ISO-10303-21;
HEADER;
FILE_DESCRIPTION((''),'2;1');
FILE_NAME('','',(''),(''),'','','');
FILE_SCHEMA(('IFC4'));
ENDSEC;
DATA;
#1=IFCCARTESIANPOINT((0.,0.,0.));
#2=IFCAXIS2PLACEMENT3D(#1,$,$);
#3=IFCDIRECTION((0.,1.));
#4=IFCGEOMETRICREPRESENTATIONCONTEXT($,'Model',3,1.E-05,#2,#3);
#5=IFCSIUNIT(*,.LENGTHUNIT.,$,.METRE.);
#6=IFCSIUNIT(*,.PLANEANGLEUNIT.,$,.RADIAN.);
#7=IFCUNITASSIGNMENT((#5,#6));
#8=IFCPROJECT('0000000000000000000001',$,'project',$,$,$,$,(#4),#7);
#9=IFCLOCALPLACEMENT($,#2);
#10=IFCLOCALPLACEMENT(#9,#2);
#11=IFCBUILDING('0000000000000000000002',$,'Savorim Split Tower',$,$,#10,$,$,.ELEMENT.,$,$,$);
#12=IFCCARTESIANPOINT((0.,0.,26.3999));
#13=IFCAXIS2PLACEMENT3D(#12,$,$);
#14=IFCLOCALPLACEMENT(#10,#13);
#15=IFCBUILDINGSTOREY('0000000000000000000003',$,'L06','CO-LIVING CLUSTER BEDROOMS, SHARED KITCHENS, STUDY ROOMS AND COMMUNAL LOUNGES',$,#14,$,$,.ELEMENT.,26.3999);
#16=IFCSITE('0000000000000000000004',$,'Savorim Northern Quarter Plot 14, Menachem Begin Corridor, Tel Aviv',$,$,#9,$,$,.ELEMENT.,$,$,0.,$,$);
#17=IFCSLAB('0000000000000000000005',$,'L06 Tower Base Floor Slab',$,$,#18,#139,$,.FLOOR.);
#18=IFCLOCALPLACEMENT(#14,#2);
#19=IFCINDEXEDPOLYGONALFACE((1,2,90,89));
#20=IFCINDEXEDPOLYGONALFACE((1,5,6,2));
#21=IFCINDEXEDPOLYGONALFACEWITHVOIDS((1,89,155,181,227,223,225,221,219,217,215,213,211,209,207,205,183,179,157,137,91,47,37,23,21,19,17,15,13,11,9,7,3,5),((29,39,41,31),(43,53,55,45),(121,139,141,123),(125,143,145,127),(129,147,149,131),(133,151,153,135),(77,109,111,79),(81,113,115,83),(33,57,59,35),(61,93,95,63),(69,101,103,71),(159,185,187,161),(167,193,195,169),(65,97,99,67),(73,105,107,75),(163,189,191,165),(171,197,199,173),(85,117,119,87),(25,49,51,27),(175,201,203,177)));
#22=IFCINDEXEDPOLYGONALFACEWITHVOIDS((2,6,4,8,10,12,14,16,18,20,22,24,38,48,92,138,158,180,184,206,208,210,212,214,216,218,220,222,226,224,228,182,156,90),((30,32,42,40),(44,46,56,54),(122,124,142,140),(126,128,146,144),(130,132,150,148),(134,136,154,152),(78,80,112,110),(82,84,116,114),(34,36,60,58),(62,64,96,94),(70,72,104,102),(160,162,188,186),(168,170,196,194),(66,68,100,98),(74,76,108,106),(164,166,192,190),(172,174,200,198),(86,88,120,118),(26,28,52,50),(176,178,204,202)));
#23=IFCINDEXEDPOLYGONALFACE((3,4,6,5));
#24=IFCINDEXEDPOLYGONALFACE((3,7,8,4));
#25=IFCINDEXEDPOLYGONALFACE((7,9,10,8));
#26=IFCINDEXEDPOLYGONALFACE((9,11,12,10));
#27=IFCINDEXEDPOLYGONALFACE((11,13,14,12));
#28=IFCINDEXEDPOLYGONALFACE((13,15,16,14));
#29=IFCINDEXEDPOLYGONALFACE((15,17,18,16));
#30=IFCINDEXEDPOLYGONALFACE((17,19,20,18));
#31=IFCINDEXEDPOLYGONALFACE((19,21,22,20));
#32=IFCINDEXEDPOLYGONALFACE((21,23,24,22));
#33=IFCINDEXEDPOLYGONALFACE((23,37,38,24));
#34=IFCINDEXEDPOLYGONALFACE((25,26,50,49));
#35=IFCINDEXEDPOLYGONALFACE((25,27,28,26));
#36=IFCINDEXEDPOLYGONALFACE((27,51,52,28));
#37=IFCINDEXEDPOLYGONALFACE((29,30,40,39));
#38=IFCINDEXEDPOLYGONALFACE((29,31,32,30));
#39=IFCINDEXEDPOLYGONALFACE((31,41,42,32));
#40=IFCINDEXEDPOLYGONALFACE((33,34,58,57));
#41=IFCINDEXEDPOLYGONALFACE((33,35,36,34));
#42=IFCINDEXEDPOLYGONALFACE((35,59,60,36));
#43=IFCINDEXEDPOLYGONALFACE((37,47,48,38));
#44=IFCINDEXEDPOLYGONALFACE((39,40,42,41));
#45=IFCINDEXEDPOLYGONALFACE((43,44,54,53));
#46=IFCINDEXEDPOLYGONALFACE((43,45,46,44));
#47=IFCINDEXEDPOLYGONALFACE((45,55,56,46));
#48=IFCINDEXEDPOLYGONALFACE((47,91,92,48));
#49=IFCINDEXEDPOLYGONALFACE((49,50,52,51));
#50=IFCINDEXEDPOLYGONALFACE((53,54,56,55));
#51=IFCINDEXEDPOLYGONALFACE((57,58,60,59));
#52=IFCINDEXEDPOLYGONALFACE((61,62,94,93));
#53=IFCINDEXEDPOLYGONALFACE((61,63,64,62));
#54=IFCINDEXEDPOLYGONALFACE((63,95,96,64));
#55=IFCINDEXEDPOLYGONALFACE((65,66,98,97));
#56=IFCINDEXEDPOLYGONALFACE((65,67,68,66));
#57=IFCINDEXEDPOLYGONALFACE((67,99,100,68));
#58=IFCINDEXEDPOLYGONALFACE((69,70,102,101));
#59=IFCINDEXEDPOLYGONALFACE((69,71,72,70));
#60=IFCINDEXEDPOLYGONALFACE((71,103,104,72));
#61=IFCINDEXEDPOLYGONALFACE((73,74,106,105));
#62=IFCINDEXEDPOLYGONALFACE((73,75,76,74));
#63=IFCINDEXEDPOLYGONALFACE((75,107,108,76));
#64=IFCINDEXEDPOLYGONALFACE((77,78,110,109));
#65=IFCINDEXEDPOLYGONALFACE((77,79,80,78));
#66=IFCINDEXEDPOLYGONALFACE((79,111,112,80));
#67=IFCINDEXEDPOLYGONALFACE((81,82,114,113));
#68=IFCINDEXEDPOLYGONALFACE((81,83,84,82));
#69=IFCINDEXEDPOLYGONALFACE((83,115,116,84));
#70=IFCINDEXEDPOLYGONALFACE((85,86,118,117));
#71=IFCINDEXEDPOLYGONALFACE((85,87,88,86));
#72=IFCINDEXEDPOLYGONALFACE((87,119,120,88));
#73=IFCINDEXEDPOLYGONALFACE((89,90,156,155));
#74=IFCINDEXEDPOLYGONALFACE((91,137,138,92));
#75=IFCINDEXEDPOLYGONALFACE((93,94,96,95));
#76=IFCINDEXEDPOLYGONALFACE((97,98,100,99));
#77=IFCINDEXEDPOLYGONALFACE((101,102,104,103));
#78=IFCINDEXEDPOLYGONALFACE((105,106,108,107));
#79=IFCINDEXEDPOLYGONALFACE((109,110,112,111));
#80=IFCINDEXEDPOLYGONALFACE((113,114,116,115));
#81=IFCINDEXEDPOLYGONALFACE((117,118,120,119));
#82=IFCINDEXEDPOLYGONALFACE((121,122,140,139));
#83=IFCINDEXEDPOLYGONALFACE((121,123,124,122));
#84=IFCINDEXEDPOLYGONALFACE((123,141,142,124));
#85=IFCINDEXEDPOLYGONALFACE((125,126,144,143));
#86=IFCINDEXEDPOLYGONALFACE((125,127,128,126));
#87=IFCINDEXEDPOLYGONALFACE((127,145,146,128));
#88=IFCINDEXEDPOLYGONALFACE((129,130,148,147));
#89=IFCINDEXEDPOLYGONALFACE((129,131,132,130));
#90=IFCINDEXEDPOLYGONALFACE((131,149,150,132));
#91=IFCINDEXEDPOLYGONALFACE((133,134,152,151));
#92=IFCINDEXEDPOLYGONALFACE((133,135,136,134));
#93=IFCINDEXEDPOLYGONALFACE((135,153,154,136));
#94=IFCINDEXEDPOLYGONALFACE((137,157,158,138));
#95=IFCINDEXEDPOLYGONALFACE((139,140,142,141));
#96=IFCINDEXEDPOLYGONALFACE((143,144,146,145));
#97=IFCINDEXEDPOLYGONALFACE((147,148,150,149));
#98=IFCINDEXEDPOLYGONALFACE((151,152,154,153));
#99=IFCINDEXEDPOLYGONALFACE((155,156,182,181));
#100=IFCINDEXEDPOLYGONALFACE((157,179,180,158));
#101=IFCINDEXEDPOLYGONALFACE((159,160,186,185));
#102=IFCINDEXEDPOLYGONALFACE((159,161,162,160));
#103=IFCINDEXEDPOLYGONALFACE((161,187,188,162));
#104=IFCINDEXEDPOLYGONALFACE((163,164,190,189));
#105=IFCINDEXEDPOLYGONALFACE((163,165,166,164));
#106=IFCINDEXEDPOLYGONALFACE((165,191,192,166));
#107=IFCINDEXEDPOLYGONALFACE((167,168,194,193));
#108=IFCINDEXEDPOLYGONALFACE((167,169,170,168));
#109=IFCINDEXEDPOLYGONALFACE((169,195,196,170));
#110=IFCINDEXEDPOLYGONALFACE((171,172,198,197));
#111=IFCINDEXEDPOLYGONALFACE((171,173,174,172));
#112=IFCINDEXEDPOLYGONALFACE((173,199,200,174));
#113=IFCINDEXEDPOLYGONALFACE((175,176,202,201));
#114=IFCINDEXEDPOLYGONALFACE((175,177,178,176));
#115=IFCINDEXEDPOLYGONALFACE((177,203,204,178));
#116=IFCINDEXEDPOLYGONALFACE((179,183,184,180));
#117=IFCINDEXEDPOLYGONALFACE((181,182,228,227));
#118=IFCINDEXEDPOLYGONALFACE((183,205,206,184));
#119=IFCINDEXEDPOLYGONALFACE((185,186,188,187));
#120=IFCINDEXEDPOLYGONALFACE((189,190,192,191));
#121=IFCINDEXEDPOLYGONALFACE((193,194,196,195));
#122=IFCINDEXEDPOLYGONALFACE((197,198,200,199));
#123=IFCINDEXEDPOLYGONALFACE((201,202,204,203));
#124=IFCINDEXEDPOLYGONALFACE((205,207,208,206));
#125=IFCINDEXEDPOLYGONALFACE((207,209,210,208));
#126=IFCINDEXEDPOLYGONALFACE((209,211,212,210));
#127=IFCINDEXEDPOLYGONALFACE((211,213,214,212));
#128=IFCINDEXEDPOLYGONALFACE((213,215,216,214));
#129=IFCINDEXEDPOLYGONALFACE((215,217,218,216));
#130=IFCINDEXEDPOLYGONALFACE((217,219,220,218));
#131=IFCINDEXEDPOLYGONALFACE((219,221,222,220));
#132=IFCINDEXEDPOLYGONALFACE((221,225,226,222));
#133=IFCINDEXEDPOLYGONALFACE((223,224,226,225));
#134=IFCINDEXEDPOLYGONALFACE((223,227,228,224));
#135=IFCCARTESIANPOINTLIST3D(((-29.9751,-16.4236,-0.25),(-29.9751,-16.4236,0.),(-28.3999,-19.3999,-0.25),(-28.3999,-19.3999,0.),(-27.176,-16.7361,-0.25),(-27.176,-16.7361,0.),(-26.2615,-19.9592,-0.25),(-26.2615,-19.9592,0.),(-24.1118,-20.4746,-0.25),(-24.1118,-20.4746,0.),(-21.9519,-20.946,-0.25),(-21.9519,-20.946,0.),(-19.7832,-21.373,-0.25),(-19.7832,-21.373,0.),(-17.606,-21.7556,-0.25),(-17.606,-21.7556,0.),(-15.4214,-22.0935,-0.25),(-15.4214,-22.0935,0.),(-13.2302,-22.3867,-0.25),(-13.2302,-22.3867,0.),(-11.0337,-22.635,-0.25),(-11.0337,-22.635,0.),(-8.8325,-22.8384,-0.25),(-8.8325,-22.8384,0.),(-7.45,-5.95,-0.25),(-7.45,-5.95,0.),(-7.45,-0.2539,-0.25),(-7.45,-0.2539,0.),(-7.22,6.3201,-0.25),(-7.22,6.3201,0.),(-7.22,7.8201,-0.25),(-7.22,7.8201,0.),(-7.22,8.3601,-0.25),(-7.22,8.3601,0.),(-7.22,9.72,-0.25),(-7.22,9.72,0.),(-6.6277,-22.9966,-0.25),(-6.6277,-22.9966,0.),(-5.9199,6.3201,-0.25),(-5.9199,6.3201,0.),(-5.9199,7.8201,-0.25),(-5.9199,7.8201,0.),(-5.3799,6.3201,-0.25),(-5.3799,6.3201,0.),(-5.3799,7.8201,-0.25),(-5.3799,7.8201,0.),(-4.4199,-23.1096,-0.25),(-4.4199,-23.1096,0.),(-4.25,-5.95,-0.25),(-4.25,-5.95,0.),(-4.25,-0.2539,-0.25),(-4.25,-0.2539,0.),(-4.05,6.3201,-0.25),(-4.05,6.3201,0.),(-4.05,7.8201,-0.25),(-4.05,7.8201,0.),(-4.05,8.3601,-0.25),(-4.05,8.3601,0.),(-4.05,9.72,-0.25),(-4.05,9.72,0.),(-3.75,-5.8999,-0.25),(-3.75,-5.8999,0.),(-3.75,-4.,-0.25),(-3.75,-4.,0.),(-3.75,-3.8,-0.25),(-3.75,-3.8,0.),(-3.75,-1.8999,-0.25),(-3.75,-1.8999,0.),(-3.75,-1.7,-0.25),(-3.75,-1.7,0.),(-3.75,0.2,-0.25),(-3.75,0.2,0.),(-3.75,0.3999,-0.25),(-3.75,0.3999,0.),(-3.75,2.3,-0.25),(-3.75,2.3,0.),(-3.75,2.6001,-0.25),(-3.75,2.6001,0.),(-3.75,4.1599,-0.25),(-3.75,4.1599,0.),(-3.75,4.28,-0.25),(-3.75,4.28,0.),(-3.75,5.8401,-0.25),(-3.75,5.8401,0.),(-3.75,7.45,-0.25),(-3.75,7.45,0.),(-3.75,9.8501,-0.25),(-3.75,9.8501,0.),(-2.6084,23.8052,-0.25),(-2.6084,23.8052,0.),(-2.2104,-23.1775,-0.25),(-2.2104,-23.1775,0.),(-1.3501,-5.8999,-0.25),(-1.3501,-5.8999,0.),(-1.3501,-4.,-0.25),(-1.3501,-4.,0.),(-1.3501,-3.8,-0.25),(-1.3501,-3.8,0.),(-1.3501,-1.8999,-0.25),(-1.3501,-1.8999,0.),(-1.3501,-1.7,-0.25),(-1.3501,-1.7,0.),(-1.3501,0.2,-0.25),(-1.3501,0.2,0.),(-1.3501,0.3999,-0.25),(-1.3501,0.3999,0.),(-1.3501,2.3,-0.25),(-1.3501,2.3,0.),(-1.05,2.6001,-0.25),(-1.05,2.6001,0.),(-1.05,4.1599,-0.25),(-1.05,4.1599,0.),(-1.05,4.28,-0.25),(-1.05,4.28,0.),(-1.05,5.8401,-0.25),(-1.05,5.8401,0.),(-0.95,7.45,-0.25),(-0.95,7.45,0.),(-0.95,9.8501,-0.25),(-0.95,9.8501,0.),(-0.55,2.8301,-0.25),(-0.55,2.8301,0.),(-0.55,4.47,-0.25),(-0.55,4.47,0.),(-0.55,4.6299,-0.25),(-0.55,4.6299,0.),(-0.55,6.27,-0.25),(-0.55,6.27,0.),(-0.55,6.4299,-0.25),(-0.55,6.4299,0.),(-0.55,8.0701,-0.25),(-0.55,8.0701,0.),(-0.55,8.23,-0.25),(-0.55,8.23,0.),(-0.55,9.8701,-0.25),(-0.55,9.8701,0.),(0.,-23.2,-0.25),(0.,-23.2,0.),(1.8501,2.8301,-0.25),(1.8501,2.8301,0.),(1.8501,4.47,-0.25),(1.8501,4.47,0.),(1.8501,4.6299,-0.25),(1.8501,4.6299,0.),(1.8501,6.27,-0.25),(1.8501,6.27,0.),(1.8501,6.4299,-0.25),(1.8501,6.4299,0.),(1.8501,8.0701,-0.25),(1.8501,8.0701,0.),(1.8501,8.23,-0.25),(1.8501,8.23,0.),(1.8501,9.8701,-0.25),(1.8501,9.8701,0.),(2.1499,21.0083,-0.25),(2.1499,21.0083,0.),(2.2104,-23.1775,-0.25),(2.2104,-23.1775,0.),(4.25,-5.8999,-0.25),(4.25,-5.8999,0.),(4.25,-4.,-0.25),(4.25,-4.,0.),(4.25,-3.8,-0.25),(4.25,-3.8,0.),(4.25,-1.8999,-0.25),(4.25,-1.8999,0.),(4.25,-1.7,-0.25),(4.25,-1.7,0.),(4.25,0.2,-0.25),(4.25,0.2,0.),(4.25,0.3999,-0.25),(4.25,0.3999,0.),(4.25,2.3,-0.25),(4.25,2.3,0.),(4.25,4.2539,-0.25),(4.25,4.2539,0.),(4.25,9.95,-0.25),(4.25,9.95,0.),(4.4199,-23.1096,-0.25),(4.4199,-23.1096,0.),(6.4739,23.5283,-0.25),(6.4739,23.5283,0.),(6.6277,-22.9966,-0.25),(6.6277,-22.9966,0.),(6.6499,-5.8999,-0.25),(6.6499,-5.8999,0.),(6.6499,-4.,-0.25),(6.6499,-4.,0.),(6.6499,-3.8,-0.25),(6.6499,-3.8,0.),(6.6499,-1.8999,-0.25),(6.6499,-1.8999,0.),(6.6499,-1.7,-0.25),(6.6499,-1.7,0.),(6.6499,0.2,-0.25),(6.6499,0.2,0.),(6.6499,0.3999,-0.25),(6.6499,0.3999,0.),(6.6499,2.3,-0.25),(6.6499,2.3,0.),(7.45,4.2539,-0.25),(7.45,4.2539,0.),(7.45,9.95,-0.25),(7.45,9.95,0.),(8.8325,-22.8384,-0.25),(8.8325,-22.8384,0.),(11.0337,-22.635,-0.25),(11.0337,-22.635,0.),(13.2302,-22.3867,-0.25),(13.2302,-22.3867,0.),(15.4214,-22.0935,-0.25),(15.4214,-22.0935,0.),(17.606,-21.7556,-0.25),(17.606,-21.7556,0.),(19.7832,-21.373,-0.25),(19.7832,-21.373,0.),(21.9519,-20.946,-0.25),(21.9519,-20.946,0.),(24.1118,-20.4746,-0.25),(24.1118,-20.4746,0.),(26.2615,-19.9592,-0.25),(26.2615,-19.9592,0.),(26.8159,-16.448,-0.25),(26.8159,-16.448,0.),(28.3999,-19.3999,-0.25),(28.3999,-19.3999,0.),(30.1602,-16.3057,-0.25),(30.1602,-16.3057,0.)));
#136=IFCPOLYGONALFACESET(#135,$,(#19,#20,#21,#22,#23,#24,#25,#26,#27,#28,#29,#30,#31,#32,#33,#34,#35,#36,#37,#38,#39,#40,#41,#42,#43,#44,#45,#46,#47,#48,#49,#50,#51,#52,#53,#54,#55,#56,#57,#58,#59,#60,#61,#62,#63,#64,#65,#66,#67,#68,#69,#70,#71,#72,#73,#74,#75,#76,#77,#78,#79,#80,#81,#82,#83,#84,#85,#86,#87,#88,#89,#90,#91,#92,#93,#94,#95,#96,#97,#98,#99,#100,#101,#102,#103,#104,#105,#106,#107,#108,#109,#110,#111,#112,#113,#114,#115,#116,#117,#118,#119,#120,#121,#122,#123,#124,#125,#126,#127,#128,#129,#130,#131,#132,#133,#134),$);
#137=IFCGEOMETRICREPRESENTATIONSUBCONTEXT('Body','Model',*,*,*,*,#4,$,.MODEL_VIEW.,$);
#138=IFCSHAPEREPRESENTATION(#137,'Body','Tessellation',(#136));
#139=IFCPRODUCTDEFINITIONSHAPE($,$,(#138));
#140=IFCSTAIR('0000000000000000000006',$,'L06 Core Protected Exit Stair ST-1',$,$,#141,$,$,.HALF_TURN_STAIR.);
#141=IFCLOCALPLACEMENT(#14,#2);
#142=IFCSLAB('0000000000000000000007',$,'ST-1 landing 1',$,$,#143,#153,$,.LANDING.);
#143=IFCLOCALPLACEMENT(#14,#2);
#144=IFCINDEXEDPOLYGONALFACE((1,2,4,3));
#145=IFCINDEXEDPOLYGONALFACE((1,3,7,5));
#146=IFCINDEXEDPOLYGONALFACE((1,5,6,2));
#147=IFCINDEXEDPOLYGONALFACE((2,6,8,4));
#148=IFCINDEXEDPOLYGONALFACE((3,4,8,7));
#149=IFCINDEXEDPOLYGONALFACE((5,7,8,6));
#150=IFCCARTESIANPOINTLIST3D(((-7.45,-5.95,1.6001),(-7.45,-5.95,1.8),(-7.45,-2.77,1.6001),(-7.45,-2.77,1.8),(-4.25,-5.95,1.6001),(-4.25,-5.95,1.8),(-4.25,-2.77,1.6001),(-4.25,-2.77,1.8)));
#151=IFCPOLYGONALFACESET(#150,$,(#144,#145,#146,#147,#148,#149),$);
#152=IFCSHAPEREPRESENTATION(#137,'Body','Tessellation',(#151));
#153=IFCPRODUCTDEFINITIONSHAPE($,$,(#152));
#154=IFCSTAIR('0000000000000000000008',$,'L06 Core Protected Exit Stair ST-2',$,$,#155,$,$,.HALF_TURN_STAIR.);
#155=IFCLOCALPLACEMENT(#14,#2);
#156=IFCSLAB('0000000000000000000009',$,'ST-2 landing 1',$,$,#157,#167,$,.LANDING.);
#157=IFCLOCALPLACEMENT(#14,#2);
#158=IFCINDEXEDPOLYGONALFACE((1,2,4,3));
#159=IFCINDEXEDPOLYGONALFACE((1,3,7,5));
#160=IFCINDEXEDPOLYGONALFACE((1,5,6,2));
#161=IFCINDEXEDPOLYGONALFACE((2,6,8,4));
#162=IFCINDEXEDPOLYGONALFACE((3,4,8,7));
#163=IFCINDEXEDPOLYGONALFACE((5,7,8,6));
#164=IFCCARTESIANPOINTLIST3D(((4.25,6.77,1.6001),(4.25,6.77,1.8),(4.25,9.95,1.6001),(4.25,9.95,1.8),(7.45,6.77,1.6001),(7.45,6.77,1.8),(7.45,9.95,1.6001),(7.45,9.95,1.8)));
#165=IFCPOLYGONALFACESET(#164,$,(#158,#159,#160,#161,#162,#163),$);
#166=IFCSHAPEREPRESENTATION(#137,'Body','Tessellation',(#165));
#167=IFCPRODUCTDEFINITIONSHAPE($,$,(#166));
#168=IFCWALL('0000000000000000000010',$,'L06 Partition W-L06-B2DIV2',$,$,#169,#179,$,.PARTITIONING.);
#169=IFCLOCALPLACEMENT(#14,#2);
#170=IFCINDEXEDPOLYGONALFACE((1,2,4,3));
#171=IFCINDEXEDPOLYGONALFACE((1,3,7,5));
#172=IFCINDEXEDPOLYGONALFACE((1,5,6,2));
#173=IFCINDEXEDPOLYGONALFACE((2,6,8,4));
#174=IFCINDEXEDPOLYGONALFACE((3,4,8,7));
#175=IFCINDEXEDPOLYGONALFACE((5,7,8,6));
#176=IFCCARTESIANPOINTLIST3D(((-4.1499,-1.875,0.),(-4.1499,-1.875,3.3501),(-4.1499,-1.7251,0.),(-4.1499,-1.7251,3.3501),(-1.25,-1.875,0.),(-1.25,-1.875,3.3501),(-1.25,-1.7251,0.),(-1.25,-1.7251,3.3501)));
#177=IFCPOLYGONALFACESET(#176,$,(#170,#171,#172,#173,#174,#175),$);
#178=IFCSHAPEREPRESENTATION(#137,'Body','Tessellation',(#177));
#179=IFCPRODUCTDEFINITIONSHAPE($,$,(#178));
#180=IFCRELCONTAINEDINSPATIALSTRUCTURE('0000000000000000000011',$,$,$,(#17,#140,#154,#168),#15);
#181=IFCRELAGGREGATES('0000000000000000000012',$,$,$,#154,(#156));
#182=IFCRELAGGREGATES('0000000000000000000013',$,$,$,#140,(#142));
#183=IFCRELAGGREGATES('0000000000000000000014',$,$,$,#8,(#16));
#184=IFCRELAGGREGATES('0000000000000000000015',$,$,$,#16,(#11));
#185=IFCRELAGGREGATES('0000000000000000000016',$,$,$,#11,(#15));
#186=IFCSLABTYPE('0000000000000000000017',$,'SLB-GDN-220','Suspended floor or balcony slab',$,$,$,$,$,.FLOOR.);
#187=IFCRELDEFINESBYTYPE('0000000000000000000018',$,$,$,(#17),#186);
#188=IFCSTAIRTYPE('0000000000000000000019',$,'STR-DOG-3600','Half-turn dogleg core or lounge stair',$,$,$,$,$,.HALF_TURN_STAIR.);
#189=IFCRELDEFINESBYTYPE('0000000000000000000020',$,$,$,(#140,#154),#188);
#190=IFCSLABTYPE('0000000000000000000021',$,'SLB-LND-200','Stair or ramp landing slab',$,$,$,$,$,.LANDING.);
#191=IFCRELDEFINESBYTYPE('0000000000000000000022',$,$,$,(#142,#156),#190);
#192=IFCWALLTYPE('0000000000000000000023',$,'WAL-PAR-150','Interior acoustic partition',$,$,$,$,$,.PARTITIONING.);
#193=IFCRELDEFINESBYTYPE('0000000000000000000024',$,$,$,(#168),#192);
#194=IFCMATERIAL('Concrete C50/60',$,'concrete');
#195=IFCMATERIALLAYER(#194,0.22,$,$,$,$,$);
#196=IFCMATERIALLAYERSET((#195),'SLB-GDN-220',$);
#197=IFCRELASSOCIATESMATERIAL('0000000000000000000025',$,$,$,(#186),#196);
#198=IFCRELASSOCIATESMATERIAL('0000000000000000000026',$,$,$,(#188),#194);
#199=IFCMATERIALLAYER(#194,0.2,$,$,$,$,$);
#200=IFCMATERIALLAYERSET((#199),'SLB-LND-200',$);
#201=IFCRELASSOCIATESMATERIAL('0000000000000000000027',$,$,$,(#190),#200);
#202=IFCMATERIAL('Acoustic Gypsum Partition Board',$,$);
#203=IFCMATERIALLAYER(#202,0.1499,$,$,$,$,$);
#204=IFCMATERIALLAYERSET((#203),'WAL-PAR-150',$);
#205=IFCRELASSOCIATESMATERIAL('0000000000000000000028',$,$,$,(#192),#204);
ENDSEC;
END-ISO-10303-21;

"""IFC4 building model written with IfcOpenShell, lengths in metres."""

from ifc_helpers import new_model, si_unit, direction, frame, frame_2d, origin, place, context, subcontext, project, spatial, polyline, rectangle, outline, extrude, material, layer, layer_set, type_object, element, aggregate, save


model = new_model("IFC4")

# Units and contexts
model_context = context("Model", 3, precision=1e-05, world=origin(), true_north=direction((0.0, 1.0)))
body_context = subcontext(model_context, "Body", "Model", "MODEL_VIEW")
ifc_project = project(units=[si_unit("LENGTHUNIT", "METRE"), si_unit("PLANEANGLEUNIT", "RADIAN")], contexts=[model_context])

# Site, building, storey
site_placement = place(None, origin())
site = spatial("IfcSite", under=ifc_project, at=site_placement, Name="Savorim Northern Quarter Plot 14, Menachem Begin Corridor, Tel Aviv", CompositionType="ELEMENT", RefElevation=0.0)
building_placement = place(site_placement, origin())
building = spatial("IfcBuilding", under=site, at=building_placement, Name="Savorim Split Tower", CompositionType="ELEMENT")
storey_placement = place(building_placement, frame((0.0, 0.0, 26.3999)))
storey = spatial("IfcBuildingStorey", under=building, at=storey_placement, Name="L06", Description="CO-LIVING CLUSTER BEDROOMS, SHARED KITCHENS, STUDY ROOMS AND COMMUNAL LOUNGES", CompositionType="ELEMENT", Elevation=26.3999)

# Slab
ifc_material_1 = material(Name="Concrete C50/60", Category="concrete")
ifc_layer_1 = layer(ifc_material_1, 0.22)
ifc_layer_set_1 = layer_set([ifc_layer_1], Name="SLB-GDN-220")
slab_type_1 = type_object("IfcSlabType", Name="SLB-GDN-220", Description="Suspended floor or balcony slab", PredefinedType="FLOOR", material=ifc_layer_set_1)
slab_1_placement = place(storey_placement, frame((0.0, 0.0, -0.25)))
element("IfcSlab", 1, at=slab_1_placement, inside=storey, type_object=slab_type_1, Name="L06 Tower Base Floor Slab", PredefinedType="FLOOR", context=body_context, shape_type="SweptSolid", body=[
    extrude(outline(polyline([(-28.3999, -19.3999), (-26.2615, -19.9592), (-24.1118, -20.4746), (-21.9519, -20.946), (-19.7832, -21.373), (-17.606, -21.7556), (-15.4214, -22.0935), (-13.2302, -22.3867), (-11.0337, -22.635), (-8.8325, -22.8384), (-6.6277, -22.9966), (-4.4199, -23.1096), (-2.2104, -23.1775), (0.0, -23.2), (2.2104, -23.1775), (4.4199, -23.1096), (6.6277, -22.9966), (8.8325, -22.8384), (11.0337, -22.635), (13.2302, -22.3867), (15.4214, -22.0935), (17.606, -21.7556), (19.7832, -21.373), (21.9519, -20.946), (24.1118, -20.4746), (26.2615, -19.9592), (28.3999, -19.3999), (26.8159, -16.448), (30.1602, -16.3057), (6.4739, 23.5283), (2.1499, 21.0083), (-2.6084, 23.8052), (-29.9751, -16.4236), (-27.176, -16.7361), (-28.3999, -19.3999)]), holes=[polyline([(-7.45, -0.2539), (-7.45, -5.95), (-4.25, -5.95), (-4.25, -0.2539), (-7.45, -0.2539)]), polyline([(7.45, 4.2539), (7.45, 9.95), (4.25, 9.95), (4.25, 4.2539), (7.45, 4.2539)]), polyline([(4.25, -5.8999), (6.6499, -5.8999), (6.6499, -4.0), (4.25, -4.0), (4.25, -5.8999)]), polyline([(4.25, -3.8), (6.6499, -3.8), (6.6499, -1.8999), (4.25, -1.8999), (4.25, -3.8)]), polyline([(4.25, -1.7), (6.6499, -1.7), (6.6499, 0.2), (4.25, 0.2), (4.25, -1.7)]), polyline([(4.25, 0.3999), (6.6499, 0.3999), (6.6499, 2.3), (4.25, 2.3), (4.25, 0.3999)]), polyline([(-3.75, -5.8999), (-1.3501, -5.8999), (-1.3501, -4.0), (-3.75, -4.0), (-3.75, -5.8999)]), polyline([(-3.75, -3.8), (-1.3501, -3.8), (-1.3501, -1.8999), (-3.75, -1.8999), (-3.75, -3.8)]), polyline([(-3.75, -1.7), (-1.3501, -1.7), (-1.3501, 0.2), (-3.75, 0.2), (-3.75, -1.7)]), polyline([(-3.75, 0.3999), (-1.3501, 0.3999), (-1.3501, 2.3), (-3.75, 2.3), (-3.75, 0.3999)]), polyline([(-0.55, 2.8301), (1.8501, 2.8301), (1.8501, 4.47), (-0.55, 4.47), (-0.55, 2.8301)]), polyline([(-0.55, 4.6299), (1.8501, 4.6299), (1.8501, 6.27), (-0.55, 6.27), (-0.55, 4.6299)]), polyline([(-0.55, 6.4299), (1.8501, 6.4299), (1.8501, 8.0701), (-0.55, 8.0701), (-0.55, 6.4299)]), polyline([(-0.55, 8.23), (1.8501, 8.23), (1.8501, 9.8701), (-0.55, 9.8701), (-0.55, 8.23)]), polyline([(-3.75, 2.6001), (-1.05, 2.6001), (-1.05, 4.1599), (-3.75, 4.1599), (-3.75, 2.6001)]), polyline([(-3.75, 4.28), (-1.05, 4.28), (-1.05, 5.8401), (-3.75, 5.8401), (-3.75, 4.28)]), polyline([(-3.75, 7.45), (-0.95, 7.45), (-0.95, 9.8501), (-3.75, 9.8501), (-3.75, 7.45)]), polyline([(-7.22, 6.3201), (-5.9199, 6.3201), (-5.9199, 7.8201), (-7.22, 7.8201), (-7.22, 6.3201)]), polyline([(-5.3799, 6.3201), (-4.05, 6.3201), (-4.05, 7.8201), (-5.3799, 7.8201), (-5.3799, 6.3201)]), polyline([(-7.22, 8.3601), (-4.05, 8.3601), (-4.05, 9.72), (-7.22, 9.72), (-7.22, 8.3601)])]), origin(), (0.0, 0.0, 1.0), 0.25),
])

# Stairs, slabs
stair_type = type_object("IfcStairType", Name="STR-DOG-3600", Description="Half-turn dogleg core or lounge stair", PredefinedType="HALF_TURN_STAIR", material=ifc_material_1)
stair_1_placement = place(storey_placement, origin())
stair_1 = element("IfcStair", 2, at=stair_1_placement, inside=storey, type_object=stair_type, Name="L06 Core Protected Exit Stair ST-1", PredefinedType="HALF_TURN_STAIR")
ifc_layer_2 = layer(ifc_material_1, 0.2)
ifc_layer_set_2 = layer_set([ifc_layer_2], Name="SLB-LND-200")
slab_type_2 = type_object("IfcSlabType", Name="SLB-LND-200", Description="Stair or ramp landing slab", PredefinedType="LANDING", material=ifc_layer_set_2)
slab_2_placement = place(storey_placement, frame((0.0, 0.0, 1.6001)))
slab_2 = element("IfcSlab", 3, at=slab_2_placement, type_object=slab_type_2, Name="ST-1 landing 1", PredefinedType="LANDING", context=body_context, shape_type="SweptSolid", body=[
    extrude(outline(polyline([(-7.45, -2.77), (-7.45, -5.95), (-4.25, -5.95), (-4.25, -2.77), (-7.45, -2.77)])), origin(), (0.0, 0.0, 1.0), 0.2),
])
stair_2_placement = place(storey_placement, origin())
stair_2 = element("IfcStair", 4, at=stair_2_placement, inside=storey, type_object=stair_type, Name="L06 Core Protected Exit Stair ST-2", PredefinedType="HALF_TURN_STAIR")
slab_3_placement = place(storey_placement, frame((0.0, 0.0, 1.6001)))
slab_3 = element("IfcSlab", 5, at=slab_3_placement, type_object=slab_type_2, Name="ST-2 landing 1", PredefinedType="LANDING", context=body_context, shape_type="SweptSolid", body=[
    extrude(outline(polyline([(7.45, 6.77), (7.45, 9.95), (4.25, 9.95), (4.25, 6.77), (7.45, 6.77)])), origin(), (0.0, 0.0, 1.0), 0.2),
])
aggregate(stair_2, [slab_3])

# Wall
ifc_material_2 = material(Name="Acoustic Gypsum Partition Board")
ifc_layer_3 = layer(ifc_material_2, 0.1499)
ifc_layer_set_3 = layer_set([ifc_layer_3], Name="WAL-PAR-150")
wall_type = type_object("IfcWallType", Name="WAL-PAR-150", Description="Interior acoustic partition", PredefinedType="PARTITIONING", material=ifc_layer_set_3)
wall_placement = place(storey_placement, frame((-4.1499, -1.8, 0.0), z_axis=(0.0, 0.0, 1.0), x_axis=(1.0, 0.0, 0.0)))
element("IfcWall", 6, at=wall_placement, inside=storey, type_object=wall_type, Name="L06 Partition W-L06-B2DIV2", PredefinedType="PARTITIONING", context=body_context, shape_type="SweptSolid", body=[
    extrude(rectangle(XDim=2.8999, YDim=0.1499, at=frame_2d((1.45, 0.0))), origin(), (0.0, 0.0, 1.0), 3.3501),
])

aggregate(stair_1, [slab_2])

save(model, "model.ifc")
